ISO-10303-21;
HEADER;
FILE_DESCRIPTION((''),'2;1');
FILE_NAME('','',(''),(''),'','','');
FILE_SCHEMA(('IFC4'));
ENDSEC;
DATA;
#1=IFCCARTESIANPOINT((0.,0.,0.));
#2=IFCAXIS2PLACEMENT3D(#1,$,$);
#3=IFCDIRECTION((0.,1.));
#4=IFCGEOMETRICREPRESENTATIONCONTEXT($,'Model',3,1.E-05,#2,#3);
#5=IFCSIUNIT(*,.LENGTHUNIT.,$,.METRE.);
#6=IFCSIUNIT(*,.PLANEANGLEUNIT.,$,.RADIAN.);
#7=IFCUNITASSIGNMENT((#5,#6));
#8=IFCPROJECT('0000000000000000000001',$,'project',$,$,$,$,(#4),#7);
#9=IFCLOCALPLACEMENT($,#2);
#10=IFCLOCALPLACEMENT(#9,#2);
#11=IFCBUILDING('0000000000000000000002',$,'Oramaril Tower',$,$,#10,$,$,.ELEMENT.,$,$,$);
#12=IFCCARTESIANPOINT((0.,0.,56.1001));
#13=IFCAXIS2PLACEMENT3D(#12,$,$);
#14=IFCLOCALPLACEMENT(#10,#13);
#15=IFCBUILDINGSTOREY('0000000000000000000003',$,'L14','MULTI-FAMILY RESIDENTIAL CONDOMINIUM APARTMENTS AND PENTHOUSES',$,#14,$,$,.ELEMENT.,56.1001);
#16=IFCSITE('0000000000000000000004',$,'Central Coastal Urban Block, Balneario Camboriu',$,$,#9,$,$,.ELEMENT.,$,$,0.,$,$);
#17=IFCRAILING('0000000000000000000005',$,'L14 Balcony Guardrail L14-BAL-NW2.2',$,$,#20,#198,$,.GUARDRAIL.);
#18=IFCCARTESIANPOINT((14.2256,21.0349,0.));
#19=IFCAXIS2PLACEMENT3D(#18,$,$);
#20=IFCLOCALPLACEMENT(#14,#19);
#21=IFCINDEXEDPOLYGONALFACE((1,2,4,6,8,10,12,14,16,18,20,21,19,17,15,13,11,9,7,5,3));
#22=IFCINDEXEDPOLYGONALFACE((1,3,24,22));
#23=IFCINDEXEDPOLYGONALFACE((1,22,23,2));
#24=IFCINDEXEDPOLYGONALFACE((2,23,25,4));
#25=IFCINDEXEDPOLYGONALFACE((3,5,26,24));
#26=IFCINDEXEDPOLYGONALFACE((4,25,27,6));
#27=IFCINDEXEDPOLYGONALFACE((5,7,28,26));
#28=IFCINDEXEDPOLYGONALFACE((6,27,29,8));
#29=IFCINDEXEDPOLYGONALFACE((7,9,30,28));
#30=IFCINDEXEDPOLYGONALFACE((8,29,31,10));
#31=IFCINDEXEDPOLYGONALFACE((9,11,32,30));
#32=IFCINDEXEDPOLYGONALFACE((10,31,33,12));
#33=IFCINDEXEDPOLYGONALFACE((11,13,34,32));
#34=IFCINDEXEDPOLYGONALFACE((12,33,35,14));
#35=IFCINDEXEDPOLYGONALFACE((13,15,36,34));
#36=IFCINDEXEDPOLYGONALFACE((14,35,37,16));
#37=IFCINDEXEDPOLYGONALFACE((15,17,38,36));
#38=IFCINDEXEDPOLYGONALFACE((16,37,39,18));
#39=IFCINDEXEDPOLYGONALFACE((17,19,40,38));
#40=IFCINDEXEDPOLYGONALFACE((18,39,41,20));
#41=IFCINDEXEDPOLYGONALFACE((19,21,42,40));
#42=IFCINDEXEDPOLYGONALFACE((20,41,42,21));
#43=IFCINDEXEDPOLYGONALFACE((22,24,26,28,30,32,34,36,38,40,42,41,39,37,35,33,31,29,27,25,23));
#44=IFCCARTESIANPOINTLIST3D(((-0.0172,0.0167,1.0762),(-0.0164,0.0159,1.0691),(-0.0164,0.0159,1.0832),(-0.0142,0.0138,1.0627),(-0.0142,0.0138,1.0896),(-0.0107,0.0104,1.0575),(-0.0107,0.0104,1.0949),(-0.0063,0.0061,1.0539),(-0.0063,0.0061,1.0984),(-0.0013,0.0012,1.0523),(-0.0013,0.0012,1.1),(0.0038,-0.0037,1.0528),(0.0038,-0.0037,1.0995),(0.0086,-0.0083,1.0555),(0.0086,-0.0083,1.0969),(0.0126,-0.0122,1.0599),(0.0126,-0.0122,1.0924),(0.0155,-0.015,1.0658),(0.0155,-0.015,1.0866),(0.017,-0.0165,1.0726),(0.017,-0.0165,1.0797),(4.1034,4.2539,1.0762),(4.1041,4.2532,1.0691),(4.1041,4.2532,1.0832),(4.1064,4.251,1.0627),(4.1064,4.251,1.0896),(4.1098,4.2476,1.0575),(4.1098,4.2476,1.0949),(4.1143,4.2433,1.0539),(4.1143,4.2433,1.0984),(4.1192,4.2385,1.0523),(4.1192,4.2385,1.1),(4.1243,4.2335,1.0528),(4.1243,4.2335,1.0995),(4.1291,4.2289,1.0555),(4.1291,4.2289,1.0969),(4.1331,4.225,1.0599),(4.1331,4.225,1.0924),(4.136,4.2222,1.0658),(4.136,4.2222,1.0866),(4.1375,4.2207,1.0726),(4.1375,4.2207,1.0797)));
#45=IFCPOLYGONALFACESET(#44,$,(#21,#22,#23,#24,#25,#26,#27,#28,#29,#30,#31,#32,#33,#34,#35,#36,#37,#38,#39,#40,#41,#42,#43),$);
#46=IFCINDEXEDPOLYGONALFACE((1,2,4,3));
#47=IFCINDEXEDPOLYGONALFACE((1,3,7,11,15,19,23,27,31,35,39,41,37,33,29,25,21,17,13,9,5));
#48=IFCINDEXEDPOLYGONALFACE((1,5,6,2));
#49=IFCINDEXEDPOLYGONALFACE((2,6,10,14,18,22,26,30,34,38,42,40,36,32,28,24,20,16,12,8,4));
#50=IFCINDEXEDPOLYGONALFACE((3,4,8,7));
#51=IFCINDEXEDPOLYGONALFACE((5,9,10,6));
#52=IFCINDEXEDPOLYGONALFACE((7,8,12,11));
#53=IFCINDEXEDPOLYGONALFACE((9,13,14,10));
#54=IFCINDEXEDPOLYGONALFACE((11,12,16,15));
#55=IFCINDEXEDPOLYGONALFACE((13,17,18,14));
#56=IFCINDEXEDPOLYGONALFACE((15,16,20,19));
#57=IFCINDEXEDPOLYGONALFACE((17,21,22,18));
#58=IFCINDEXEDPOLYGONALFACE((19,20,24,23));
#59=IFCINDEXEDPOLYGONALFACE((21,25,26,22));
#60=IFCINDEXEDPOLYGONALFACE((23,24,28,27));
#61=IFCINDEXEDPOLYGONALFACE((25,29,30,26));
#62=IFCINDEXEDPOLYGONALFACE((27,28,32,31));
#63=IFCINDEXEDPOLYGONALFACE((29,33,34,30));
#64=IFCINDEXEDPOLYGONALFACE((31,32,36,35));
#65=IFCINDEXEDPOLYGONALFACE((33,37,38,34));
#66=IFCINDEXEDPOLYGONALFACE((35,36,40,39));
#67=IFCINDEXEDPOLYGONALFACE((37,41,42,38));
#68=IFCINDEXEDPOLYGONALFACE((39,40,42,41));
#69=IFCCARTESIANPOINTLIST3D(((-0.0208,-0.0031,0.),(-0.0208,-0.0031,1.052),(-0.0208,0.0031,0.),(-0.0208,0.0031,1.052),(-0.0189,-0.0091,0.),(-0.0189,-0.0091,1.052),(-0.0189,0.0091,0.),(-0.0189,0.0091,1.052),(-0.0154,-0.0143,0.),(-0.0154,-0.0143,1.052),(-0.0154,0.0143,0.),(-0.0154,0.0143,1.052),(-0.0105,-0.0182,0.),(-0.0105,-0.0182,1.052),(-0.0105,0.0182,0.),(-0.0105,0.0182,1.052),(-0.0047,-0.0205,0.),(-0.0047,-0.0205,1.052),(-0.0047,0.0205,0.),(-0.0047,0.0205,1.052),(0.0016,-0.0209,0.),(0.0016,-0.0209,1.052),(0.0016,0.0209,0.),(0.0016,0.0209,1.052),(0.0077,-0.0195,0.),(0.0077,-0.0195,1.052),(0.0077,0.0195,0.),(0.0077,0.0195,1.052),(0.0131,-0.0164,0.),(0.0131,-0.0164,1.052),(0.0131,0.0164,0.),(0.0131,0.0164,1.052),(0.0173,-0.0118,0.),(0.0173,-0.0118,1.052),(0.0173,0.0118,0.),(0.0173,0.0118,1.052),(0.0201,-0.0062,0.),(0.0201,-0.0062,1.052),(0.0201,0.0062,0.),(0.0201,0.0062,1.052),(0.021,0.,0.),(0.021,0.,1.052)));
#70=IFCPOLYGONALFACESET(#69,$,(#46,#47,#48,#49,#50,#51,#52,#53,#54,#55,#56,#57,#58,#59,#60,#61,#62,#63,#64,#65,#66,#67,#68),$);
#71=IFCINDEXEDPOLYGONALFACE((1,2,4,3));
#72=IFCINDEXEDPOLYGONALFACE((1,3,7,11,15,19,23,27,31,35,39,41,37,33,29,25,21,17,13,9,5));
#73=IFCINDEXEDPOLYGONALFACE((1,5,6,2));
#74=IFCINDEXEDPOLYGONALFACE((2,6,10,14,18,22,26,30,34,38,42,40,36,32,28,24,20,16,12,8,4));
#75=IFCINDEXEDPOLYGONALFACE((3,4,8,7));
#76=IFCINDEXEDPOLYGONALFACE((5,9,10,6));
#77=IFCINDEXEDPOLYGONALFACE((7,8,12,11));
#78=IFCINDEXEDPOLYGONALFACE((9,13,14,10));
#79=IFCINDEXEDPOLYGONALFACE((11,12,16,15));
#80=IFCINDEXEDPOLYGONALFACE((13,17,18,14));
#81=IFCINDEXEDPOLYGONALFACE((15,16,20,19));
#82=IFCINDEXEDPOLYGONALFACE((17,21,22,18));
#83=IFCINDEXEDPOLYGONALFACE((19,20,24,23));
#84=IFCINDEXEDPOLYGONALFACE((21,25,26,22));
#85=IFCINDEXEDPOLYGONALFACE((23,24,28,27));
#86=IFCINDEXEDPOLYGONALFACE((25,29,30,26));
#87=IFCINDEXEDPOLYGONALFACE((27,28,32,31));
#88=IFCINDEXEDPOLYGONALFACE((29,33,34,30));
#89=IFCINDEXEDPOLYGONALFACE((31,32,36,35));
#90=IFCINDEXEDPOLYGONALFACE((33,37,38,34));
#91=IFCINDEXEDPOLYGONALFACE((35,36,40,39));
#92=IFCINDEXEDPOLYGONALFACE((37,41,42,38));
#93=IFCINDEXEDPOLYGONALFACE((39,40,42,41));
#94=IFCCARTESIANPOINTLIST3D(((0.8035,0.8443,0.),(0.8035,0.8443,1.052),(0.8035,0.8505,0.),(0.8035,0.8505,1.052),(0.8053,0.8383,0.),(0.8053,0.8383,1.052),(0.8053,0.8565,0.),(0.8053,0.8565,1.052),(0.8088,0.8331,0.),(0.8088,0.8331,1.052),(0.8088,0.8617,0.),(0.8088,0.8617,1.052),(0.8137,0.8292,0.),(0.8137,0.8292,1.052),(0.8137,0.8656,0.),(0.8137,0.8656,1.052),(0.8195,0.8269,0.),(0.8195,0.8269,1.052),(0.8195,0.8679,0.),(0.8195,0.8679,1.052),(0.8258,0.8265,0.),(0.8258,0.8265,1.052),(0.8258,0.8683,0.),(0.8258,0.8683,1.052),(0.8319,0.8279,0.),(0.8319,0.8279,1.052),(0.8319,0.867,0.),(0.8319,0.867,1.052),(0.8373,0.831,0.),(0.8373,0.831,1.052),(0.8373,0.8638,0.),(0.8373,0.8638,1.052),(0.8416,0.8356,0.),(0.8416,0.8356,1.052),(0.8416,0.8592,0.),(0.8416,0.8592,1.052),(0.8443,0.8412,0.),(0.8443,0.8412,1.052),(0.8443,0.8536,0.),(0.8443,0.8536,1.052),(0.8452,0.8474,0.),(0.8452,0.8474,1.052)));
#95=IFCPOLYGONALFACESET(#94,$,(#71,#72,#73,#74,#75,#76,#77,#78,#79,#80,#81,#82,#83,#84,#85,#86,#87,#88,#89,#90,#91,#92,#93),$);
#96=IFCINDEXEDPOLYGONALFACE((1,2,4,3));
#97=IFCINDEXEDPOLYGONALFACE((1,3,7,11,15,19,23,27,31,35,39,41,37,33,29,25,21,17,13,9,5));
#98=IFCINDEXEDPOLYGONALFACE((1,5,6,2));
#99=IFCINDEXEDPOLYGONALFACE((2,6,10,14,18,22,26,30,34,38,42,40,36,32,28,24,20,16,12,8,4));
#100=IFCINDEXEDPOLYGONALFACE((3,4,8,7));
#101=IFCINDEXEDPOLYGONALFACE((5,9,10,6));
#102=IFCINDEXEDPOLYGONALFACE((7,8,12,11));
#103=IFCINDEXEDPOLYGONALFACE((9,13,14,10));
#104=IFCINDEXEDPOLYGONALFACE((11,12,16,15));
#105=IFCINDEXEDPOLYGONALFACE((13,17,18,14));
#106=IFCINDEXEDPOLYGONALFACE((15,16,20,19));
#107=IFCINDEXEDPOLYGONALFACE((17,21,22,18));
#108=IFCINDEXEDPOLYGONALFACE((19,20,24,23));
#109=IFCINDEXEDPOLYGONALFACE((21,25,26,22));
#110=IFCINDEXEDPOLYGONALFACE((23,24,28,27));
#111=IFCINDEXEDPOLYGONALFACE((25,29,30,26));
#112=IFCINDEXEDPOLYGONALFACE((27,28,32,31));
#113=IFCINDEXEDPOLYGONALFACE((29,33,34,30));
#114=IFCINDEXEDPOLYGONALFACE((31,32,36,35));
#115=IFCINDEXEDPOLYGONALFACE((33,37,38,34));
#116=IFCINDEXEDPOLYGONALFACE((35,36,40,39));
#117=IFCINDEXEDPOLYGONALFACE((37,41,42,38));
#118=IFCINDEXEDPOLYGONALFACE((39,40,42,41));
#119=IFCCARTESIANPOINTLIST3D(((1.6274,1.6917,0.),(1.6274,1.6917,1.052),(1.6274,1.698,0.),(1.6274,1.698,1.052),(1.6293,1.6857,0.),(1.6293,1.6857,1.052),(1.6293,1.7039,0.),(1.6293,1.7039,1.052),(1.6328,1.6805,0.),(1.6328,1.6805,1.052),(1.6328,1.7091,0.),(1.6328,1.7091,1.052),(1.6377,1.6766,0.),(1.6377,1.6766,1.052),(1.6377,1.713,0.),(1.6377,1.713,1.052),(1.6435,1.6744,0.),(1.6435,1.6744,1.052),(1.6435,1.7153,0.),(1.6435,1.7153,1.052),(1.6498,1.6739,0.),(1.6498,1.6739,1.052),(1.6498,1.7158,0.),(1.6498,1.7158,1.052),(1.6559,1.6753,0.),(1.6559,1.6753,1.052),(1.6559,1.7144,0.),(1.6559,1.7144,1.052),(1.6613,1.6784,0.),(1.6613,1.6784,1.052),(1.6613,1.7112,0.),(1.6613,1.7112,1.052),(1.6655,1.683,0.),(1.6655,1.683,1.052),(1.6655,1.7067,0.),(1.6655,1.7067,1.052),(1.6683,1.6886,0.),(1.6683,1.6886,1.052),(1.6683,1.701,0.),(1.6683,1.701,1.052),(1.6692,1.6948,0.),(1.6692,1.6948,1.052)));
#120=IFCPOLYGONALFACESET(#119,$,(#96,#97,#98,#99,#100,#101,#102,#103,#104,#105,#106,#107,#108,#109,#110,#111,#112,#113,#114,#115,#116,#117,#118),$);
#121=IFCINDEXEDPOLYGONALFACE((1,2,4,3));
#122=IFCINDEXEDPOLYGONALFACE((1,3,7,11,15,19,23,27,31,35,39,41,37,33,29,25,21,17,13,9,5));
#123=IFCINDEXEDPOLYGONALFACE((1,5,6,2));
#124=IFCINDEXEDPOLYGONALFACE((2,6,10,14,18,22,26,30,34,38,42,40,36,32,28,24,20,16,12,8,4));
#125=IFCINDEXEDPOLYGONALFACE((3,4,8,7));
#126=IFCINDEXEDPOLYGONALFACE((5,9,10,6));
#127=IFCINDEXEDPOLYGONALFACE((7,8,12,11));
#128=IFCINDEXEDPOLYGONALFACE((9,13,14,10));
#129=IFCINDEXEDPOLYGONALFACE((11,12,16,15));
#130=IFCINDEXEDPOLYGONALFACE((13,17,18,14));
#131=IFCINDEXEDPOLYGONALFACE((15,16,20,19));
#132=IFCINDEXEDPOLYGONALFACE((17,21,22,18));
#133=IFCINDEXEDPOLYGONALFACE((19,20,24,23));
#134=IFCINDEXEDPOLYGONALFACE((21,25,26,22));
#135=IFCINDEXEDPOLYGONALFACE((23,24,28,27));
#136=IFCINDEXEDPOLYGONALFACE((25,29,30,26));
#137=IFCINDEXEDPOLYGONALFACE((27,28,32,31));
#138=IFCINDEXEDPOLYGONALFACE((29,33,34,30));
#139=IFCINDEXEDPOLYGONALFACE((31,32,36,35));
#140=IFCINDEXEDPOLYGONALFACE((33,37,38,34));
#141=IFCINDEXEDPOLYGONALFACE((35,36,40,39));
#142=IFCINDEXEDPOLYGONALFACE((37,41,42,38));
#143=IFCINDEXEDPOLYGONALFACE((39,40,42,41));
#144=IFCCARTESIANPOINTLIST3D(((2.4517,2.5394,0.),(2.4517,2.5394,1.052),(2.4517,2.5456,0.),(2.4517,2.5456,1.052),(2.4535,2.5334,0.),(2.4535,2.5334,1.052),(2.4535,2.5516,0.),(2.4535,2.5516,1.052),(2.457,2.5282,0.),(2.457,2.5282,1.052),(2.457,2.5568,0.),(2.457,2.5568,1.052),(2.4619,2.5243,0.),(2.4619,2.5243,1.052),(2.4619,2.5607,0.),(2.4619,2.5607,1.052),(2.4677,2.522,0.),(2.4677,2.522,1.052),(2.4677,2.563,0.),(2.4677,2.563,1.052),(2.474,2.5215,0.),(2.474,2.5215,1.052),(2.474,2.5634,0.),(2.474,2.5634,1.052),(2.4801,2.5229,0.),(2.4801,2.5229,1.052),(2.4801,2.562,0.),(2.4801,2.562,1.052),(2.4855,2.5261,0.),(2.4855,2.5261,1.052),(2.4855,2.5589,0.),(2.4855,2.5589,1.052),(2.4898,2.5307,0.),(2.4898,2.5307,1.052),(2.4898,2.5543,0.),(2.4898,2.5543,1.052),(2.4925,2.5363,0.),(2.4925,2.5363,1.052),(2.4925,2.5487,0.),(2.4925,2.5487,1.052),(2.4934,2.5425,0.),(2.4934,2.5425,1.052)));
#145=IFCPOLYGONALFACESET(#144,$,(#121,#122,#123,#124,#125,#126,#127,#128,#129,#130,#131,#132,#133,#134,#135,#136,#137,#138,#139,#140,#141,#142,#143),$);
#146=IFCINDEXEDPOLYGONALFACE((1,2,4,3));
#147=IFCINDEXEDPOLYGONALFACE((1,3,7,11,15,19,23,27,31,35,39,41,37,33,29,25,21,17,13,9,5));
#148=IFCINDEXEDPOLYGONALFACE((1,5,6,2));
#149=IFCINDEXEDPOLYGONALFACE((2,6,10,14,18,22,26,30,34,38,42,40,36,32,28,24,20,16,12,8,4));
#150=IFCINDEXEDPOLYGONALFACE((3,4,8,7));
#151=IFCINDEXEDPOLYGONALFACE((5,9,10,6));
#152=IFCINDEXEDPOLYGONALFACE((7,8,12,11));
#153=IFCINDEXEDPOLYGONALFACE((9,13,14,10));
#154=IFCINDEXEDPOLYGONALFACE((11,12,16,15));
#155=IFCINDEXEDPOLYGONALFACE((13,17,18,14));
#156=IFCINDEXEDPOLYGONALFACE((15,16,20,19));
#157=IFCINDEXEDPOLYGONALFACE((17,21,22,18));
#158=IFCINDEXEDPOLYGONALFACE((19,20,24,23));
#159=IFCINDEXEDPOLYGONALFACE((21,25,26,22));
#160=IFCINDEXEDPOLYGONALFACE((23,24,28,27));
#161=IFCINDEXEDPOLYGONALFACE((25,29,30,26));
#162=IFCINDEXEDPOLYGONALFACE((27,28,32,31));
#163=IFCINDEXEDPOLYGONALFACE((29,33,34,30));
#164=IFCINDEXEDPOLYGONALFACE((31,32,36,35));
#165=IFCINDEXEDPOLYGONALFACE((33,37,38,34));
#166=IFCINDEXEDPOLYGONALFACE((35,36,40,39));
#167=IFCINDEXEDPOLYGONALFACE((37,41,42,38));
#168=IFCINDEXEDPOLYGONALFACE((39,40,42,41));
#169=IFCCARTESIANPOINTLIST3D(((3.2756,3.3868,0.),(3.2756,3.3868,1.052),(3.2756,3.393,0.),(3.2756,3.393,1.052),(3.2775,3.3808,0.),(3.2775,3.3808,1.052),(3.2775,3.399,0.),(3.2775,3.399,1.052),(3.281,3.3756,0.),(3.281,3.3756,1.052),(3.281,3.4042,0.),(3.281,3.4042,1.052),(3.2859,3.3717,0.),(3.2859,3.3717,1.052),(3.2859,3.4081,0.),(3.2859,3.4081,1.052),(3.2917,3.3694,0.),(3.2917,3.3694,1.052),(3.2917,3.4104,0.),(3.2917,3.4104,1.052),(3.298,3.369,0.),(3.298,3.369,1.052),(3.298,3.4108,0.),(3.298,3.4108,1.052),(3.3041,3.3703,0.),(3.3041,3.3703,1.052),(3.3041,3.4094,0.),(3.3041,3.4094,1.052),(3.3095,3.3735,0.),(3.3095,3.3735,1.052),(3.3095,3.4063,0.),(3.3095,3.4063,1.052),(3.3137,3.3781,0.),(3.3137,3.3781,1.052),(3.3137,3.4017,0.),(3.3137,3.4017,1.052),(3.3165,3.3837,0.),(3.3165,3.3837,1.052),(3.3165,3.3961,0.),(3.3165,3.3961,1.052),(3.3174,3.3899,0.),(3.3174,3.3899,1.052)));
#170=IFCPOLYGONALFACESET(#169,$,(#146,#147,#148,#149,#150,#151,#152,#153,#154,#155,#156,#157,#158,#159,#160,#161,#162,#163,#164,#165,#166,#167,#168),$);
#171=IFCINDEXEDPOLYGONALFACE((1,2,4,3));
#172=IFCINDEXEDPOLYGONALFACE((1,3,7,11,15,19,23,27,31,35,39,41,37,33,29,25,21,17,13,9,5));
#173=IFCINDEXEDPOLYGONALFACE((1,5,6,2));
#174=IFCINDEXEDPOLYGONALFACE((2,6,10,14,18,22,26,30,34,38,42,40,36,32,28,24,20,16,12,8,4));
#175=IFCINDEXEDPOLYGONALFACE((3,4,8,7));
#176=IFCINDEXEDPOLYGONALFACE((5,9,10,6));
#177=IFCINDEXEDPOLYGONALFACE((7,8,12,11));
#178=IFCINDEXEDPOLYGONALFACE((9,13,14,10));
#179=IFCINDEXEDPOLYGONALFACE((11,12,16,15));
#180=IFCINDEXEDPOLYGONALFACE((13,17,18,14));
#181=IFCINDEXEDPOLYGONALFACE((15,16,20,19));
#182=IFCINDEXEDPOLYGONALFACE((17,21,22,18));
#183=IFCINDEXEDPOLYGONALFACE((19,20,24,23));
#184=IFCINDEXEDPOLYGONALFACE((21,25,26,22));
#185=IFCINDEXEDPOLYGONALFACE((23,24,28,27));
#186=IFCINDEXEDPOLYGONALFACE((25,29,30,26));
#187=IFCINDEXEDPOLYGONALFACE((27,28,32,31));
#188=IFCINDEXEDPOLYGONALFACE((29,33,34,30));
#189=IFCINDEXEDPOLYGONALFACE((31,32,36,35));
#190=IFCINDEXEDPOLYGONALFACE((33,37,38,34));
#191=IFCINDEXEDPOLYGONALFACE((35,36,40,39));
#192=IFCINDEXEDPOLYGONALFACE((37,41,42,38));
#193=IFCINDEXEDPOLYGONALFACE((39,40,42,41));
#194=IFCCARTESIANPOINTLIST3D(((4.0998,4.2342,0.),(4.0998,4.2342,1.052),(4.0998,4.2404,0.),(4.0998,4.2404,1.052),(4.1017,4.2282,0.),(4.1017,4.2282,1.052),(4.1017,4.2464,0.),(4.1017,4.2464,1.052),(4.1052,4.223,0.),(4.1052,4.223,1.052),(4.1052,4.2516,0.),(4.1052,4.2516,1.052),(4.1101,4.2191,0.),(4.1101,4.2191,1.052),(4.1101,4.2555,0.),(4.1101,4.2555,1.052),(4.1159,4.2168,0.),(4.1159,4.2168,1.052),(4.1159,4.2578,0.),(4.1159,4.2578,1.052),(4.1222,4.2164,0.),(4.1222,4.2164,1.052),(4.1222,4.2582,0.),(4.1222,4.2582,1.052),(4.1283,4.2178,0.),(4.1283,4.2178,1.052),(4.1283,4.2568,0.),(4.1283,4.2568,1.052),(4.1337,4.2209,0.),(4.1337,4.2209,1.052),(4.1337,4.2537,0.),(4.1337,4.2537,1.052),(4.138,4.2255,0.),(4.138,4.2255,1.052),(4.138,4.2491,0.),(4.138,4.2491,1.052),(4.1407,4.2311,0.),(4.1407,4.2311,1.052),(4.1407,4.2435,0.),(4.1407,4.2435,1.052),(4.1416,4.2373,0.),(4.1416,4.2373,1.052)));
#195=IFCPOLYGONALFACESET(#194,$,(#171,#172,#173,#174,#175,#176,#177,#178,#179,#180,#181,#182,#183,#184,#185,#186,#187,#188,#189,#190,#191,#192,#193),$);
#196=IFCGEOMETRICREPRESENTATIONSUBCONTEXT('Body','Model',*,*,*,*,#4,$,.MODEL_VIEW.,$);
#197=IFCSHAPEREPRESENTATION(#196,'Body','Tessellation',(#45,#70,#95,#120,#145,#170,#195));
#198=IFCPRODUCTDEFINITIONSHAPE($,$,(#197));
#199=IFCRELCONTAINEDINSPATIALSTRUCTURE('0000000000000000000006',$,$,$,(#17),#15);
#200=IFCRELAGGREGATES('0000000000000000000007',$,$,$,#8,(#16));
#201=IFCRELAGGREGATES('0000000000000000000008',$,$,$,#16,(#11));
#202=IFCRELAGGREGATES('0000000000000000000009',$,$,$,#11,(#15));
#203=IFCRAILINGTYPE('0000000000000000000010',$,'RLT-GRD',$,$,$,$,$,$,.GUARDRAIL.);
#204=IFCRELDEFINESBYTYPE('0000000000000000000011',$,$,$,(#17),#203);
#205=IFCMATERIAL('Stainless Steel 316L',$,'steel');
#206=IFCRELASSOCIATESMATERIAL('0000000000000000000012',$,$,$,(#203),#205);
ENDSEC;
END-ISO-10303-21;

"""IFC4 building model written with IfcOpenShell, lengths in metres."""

from ifc_helpers import new_model, si_unit, direction, frame, origin, origin_2d, place, context, subcontext, project, spatial, circle, extrude, material, type_object, element, save


model = new_model("IFC4")

# Units and contexts
model_context = context("Model", 3, precision=1e-05, world=origin(), true_north=direction((0.0, 1.0)))
body_context = subcontext(model_context, "Body", "Model", "MODEL_VIEW")
ifc_project = project(units=[si_unit("LENGTHUNIT", "METRE"), si_unit("PLANEANGLEUNIT", "RADIAN")], contexts=[model_context])

# Site, building, storey
site_placement = place(None, origin())
site = spatial("IfcSite", under=ifc_project, at=site_placement, Name="Central Coastal Urban Block, Balneario Camboriu", CompositionType="ELEMENT", RefElevation=0.0)
building_placement = place(site_placement, origin())
building = spatial("IfcBuilding", under=site, at=building_placement, Name="Oramaril Tower", CompositionType="ELEMENT")
storey_placement = place(building_placement, frame((0.0, 0.0, 56.1001)))
storey = spatial("IfcBuildingStorey", under=building, at=storey_placement, Name="L14", Description="MULTI-FAMILY RESIDENTIAL CONDOMINIUM APARTMENTS AND PENTHOUSES", CompositionType="ELEMENT", Elevation=56.1001)

# Railing
ifc_material_1 = material(Name="Stainless Steel 316L", Category="steel")
railing_type = type_object("IfcRailingType", Name="RLT-GRD", PredefinedType="GUARDRAIL", material=ifc_material_1)
railing_1_placement = place(storey_placement, frame((14.2256, 21.0349, 0.0)))
element("IfcRailing", 1, at=railing_1_placement, inside=storey, type_object=railing_type, Name="L14 Balcony Guardrail L14-BAL-NW2.2", PredefinedType="GUARDRAIL", context=body_context, shape_type="SweptSolid", body=[
    extrude(circle(Radius=0.0239, at=origin_2d()), frame((0.0, 0.0, 1.0762), z_axis=(0.697166, 0.71691, 0.0), x_axis=(-0.71691, 0.697166, 0.0)), (0.0, 0.0, 1.0), 5.9104),
    extrude(circle(Radius=0.021, at=origin_2d()), origin(), (0.0, 0.0, 1.0), 1.052),
    extrude(circle(Radius=0.021, at=origin_2d()), frame((0.8242, 0.8474, 0.0)), (0.0, 0.0, 1.0), 1.052),
    extrude(circle(Radius=0.021, at=origin_2d()), frame((1.6482, 1.6948, 0.0)), (0.0, 0.0, 1.0), 1.052),
    extrude(circle(Radius=0.021, at=origin_2d()), frame((2.4724, 2.5425, 0.0)), (0.0, 0.0, 1.0), 1.052),
    extrude(circle(Radius=0.021, at=origin_2d()), frame((3.2964, 3.3899, 0.0)), (0.0, 0.0, 1.0), 1.052),
    extrude(circle(Radius=0.021, at=origin_2d()), frame((4.1206, 4.2373, 0.0)), (0.0, 0.0, 1.0), 1.052),
])

save(model, "model.ifc")
